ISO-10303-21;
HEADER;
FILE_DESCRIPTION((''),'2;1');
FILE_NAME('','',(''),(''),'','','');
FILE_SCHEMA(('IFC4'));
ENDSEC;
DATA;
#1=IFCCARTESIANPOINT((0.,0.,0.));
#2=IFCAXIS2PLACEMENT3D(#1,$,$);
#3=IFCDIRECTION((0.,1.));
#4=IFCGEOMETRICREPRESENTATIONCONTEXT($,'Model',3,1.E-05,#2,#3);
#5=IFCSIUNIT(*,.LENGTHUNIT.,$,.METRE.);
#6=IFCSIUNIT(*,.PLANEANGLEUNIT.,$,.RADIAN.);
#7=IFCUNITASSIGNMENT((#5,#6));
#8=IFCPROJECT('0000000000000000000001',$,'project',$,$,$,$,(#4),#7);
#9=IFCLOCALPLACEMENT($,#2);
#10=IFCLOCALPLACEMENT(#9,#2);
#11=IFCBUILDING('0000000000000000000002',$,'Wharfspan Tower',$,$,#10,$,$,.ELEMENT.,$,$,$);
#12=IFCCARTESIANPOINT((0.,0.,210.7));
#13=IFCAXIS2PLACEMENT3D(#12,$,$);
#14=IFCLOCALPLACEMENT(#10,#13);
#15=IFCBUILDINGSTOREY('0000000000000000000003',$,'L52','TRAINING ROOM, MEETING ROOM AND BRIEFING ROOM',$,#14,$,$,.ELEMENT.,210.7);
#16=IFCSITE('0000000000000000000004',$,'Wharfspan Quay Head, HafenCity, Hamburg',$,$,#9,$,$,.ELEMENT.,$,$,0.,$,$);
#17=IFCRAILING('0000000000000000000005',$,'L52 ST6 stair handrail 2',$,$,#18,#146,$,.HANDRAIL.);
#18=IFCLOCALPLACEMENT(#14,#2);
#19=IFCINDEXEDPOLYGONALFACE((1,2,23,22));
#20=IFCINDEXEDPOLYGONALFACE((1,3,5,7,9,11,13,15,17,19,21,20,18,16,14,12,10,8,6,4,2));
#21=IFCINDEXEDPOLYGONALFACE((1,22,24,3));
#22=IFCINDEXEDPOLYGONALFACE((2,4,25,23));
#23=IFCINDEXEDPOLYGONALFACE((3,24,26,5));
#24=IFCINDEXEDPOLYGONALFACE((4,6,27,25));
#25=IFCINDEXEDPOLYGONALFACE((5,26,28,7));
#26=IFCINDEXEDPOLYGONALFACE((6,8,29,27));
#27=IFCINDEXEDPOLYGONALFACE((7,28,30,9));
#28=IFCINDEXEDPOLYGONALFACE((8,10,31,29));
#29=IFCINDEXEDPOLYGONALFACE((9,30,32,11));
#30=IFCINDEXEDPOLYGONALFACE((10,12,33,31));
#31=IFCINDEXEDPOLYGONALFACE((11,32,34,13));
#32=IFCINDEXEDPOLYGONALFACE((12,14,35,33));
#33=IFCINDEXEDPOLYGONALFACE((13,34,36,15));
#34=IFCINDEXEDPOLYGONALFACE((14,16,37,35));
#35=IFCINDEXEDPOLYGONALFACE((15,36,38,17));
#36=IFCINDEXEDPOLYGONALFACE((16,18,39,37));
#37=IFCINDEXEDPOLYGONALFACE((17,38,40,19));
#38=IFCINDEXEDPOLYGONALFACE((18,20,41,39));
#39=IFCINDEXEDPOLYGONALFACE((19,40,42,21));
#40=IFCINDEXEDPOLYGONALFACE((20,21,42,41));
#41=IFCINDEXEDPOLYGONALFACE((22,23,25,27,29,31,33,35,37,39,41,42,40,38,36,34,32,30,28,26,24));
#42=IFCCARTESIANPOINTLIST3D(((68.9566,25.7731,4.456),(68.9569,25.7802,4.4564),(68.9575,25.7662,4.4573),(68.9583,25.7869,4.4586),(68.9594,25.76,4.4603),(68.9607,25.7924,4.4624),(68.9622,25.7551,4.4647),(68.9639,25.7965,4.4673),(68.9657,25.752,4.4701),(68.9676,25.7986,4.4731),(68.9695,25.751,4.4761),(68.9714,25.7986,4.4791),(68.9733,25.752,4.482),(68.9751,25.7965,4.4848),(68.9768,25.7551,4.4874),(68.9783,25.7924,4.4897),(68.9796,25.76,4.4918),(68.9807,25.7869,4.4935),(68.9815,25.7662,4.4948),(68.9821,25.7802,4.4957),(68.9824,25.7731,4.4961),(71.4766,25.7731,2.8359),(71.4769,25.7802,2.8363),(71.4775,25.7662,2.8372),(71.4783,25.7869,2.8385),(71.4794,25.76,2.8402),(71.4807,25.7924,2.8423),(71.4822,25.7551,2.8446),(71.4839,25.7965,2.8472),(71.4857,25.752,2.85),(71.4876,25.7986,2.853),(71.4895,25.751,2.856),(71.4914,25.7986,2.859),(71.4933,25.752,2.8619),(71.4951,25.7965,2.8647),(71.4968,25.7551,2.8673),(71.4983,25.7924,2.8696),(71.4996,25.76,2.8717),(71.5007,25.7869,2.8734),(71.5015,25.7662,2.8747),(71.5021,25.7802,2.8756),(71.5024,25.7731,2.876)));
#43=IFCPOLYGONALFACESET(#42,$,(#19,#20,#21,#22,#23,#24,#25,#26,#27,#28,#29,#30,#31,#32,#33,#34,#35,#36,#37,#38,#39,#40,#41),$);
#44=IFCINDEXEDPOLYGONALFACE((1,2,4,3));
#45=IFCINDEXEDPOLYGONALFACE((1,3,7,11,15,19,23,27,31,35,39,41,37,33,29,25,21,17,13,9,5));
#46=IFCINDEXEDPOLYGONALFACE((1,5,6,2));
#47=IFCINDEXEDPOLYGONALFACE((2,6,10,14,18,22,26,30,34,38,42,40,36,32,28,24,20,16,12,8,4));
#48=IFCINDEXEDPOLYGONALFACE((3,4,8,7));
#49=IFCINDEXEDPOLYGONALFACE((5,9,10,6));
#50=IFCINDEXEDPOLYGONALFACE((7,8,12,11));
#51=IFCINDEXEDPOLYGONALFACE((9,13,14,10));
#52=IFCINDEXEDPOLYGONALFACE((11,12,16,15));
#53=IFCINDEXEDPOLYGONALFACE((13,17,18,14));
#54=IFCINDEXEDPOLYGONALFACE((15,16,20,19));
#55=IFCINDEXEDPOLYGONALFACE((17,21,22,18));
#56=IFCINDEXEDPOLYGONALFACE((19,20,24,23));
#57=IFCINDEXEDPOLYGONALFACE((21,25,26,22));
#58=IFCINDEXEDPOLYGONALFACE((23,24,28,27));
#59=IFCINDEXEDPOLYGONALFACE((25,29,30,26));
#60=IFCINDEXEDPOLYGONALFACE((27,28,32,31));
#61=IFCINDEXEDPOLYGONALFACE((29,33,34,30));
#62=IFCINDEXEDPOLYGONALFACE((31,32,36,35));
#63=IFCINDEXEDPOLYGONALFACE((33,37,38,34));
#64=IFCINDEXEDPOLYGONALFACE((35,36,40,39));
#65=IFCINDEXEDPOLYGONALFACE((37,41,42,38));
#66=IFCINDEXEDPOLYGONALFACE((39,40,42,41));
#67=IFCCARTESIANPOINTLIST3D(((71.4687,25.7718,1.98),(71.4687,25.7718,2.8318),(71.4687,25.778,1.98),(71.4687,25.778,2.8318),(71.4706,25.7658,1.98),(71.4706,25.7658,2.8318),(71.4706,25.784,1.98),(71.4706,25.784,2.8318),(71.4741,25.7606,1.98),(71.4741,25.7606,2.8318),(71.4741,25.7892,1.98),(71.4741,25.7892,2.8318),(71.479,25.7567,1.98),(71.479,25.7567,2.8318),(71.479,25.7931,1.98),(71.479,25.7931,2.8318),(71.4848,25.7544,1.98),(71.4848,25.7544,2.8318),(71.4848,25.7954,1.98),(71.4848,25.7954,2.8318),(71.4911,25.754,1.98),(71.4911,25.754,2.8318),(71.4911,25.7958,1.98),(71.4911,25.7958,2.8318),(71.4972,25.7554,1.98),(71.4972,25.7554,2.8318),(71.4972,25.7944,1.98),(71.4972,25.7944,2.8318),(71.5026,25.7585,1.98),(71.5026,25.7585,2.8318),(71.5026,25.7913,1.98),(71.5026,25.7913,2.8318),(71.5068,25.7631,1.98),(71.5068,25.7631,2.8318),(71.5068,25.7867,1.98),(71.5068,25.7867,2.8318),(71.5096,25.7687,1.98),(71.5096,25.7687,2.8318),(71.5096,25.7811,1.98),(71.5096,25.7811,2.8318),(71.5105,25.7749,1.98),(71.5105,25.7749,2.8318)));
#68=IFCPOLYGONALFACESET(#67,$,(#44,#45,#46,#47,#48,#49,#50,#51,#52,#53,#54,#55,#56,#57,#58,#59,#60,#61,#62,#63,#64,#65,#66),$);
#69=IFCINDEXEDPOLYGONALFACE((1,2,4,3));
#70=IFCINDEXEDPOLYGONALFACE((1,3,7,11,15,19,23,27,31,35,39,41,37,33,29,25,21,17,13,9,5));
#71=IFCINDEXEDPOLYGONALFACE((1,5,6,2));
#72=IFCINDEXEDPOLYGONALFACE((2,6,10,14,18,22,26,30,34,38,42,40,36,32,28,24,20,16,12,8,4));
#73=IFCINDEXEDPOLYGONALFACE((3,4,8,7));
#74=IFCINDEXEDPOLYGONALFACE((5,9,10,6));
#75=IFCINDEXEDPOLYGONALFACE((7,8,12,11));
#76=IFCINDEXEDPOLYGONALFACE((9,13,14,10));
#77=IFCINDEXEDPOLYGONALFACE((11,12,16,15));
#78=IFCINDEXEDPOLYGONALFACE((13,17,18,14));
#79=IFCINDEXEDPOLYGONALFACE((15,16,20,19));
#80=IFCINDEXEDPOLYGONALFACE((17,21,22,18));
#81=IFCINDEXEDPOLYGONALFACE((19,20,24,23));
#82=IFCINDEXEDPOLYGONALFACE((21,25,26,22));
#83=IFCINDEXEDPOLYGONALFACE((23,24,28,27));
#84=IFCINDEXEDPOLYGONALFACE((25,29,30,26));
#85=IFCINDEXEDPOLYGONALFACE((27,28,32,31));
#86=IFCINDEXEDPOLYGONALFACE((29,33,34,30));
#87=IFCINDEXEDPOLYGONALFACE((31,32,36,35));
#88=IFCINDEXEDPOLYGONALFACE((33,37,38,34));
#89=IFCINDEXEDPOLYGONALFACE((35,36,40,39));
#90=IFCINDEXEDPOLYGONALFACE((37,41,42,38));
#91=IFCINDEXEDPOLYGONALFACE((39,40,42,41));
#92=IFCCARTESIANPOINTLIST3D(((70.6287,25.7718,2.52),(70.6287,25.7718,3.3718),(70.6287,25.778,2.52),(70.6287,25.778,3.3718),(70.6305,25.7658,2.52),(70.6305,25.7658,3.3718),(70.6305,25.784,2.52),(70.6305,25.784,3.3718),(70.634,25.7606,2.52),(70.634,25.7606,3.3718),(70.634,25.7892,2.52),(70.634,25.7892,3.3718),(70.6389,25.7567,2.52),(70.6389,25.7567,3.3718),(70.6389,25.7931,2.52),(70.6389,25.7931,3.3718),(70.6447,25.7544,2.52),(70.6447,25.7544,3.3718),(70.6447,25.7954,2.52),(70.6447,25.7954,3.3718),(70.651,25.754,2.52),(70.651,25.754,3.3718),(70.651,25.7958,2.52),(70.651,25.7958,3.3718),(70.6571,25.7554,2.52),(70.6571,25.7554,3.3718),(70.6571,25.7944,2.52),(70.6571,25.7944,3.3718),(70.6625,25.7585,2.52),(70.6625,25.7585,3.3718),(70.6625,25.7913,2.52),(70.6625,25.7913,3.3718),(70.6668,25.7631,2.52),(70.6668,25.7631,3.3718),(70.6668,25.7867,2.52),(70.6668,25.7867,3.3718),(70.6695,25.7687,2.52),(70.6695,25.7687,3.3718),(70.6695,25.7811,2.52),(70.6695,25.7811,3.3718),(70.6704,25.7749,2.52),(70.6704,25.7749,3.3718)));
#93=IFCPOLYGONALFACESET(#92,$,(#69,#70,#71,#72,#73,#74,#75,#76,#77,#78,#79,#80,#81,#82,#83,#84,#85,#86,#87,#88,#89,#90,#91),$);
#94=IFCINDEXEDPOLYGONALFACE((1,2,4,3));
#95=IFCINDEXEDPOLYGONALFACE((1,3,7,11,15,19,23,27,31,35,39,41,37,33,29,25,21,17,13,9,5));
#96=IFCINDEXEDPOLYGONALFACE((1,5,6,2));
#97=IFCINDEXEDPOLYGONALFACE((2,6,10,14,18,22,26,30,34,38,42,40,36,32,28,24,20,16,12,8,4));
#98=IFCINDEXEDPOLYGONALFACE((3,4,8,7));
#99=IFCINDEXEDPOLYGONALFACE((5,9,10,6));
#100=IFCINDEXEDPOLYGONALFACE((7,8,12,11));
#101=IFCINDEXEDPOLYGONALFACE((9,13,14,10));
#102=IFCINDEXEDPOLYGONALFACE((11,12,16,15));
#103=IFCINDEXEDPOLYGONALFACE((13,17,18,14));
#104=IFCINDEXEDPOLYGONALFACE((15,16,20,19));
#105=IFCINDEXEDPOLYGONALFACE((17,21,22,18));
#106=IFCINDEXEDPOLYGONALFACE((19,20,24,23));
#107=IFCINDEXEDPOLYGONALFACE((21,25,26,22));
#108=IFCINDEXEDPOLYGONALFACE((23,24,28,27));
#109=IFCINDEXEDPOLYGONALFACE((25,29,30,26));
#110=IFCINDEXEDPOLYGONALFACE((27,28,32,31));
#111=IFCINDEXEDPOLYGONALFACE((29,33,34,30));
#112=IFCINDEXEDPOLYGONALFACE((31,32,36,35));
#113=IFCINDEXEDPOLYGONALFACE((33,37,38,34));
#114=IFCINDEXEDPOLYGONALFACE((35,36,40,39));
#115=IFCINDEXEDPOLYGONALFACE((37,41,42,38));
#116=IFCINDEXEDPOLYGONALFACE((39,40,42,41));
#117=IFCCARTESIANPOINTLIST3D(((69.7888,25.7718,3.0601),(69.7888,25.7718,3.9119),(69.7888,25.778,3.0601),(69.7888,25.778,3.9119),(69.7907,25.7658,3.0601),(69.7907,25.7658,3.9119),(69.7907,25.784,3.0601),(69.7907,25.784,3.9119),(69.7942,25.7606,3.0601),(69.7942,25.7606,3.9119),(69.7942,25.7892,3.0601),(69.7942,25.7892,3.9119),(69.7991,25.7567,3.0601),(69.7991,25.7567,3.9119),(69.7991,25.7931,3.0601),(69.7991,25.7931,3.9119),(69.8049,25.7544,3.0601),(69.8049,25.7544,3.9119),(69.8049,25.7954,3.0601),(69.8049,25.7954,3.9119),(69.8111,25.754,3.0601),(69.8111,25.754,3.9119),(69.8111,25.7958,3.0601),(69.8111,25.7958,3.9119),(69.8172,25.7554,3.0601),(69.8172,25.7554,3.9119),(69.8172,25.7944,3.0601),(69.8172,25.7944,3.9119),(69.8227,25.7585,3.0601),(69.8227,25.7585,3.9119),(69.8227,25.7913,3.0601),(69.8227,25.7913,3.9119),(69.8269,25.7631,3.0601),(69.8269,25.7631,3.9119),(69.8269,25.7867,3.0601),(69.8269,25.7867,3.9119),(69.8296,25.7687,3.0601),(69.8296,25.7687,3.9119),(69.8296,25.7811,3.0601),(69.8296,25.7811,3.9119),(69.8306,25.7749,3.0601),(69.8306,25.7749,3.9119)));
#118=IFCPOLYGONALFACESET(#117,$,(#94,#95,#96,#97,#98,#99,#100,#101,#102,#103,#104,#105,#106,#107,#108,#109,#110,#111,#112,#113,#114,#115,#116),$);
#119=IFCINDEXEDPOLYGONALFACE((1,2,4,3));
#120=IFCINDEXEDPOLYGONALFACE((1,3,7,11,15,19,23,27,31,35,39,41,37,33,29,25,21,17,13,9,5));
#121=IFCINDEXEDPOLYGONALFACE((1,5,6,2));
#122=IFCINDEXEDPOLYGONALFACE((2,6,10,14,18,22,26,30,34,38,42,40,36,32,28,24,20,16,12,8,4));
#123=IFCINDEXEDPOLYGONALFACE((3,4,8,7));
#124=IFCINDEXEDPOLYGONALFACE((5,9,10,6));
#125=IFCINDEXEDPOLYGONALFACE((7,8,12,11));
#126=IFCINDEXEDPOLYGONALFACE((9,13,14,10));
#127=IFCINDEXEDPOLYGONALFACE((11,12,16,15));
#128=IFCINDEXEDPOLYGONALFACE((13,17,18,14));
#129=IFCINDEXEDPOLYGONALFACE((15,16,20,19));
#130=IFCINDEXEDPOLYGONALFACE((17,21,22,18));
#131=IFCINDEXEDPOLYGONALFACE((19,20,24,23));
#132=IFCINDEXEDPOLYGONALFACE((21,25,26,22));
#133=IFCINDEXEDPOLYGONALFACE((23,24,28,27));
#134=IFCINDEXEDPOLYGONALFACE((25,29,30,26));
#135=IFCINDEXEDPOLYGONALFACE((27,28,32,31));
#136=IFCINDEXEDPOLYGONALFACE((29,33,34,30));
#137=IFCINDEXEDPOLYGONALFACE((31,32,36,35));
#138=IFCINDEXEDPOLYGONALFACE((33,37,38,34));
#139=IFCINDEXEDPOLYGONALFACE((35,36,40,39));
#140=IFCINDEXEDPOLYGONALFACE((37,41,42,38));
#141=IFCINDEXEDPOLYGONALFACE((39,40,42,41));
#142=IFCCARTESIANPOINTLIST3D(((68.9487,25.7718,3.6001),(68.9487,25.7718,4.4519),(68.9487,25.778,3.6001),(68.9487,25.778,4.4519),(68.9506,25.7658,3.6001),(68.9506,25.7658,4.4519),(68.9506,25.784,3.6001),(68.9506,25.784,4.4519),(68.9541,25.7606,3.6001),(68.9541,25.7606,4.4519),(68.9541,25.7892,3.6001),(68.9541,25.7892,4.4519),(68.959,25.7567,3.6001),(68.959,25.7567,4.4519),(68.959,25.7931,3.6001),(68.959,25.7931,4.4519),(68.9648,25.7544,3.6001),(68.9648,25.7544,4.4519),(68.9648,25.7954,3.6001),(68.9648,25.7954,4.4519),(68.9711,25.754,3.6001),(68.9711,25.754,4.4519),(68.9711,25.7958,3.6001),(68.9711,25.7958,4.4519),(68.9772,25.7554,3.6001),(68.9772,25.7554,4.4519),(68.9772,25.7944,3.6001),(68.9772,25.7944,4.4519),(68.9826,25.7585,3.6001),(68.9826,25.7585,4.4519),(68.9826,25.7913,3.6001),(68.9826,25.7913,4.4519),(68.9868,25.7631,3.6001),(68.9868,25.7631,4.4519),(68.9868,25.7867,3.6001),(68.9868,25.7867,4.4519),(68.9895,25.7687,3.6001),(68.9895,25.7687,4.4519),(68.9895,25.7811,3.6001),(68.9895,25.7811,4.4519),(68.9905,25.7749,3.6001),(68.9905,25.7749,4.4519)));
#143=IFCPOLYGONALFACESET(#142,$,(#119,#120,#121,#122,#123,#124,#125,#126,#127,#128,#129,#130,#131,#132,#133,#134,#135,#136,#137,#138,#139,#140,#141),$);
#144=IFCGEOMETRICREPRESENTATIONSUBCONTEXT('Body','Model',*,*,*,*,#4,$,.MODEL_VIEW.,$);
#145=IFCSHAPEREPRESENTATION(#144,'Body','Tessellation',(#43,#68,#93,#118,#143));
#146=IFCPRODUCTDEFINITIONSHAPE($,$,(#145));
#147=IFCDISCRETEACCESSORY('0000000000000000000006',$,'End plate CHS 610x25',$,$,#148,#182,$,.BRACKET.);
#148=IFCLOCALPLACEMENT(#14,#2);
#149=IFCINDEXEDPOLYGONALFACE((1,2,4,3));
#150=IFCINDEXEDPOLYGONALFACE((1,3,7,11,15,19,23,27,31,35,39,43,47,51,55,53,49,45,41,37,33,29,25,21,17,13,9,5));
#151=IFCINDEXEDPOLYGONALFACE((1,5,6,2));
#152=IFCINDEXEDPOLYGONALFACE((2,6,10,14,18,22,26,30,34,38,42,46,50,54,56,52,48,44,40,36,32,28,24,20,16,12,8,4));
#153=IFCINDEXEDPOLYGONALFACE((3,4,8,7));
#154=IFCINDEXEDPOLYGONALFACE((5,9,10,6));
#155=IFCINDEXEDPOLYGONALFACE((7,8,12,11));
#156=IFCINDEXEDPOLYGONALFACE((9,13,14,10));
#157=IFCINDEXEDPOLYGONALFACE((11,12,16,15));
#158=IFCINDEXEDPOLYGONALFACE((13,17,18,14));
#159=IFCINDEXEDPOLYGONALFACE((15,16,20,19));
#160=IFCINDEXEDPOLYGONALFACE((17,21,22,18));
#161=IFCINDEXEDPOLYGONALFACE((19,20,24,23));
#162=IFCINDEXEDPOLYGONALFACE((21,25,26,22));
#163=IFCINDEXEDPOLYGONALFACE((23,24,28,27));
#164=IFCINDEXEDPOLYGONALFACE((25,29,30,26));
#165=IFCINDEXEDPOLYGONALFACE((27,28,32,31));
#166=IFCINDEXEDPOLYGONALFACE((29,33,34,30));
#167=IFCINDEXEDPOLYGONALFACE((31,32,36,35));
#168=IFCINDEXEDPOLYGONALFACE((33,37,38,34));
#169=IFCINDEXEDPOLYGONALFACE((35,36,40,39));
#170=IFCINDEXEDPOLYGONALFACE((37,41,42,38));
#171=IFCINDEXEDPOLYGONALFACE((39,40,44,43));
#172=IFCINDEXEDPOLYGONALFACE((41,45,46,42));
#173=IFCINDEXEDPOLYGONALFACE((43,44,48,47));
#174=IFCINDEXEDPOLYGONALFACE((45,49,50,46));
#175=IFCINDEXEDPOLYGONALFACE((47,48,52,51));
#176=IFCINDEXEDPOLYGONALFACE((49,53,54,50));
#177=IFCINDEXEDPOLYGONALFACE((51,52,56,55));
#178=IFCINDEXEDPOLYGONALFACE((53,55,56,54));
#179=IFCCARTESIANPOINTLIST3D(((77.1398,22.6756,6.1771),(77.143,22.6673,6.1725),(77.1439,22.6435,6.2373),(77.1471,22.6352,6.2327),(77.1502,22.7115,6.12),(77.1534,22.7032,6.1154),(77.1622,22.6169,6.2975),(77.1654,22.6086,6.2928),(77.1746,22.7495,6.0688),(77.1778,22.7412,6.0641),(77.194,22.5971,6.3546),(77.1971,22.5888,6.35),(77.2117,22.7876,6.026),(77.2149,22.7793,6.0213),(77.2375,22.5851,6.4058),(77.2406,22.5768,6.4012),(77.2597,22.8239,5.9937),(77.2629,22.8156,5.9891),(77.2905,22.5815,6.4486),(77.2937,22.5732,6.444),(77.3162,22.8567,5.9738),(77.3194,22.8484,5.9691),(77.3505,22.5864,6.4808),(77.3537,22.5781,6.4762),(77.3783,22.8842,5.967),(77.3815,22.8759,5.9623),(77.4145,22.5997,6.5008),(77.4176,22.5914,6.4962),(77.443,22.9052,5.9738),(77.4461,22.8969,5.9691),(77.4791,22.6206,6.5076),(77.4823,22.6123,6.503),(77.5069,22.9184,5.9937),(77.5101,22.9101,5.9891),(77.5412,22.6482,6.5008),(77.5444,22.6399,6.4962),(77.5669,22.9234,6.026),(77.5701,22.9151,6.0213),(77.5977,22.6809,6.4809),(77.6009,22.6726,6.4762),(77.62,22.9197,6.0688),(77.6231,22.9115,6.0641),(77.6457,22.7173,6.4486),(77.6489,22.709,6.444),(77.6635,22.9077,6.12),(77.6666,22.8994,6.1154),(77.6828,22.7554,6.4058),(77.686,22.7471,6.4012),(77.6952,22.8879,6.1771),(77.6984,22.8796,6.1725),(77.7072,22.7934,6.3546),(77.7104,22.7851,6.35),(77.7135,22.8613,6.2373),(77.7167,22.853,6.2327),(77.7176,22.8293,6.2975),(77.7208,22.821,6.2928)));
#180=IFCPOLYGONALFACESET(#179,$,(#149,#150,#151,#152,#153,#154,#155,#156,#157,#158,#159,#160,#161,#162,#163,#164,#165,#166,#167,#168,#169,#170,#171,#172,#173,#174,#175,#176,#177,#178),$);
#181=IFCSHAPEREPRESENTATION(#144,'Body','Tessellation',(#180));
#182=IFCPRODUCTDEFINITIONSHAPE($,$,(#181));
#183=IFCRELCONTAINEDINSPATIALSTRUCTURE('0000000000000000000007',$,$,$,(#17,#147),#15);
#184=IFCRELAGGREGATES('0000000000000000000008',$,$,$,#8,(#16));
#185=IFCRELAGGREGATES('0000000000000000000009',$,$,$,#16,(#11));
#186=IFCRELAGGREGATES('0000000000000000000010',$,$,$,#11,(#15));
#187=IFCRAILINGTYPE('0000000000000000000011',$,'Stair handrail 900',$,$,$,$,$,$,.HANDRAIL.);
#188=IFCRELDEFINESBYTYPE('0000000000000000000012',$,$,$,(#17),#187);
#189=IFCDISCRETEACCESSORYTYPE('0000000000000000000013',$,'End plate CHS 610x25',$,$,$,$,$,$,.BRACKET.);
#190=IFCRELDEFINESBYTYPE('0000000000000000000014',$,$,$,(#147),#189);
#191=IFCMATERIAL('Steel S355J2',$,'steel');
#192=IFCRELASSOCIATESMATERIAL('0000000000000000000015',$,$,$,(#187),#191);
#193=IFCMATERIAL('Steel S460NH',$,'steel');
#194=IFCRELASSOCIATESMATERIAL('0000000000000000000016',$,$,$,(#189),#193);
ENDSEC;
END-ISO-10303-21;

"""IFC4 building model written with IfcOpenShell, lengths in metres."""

from ifc_helpers import new_model, si_unit, direction, frame, origin, origin_2d, place, context, subcontext, project, spatial, circle, extrude, material, material_profile, profile_set, type_object, element, save


model = new_model("IFC4")

# Units and contexts
model_context = context("Model", 3, precision=1e-05, world=origin(), true_north=direction((0.0, 1.0)))
body_context = subcontext(model_context, "Body", "Model", "MODEL_VIEW")
ifc_project = project(units=[si_unit("LENGTHUNIT", "METRE"), si_unit("PLANEANGLEUNIT", "RADIAN")], contexts=[model_context])

# Site, building, storey
site_placement = place(None, origin())
site = spatial("IfcSite", under=ifc_project, at=site_placement, Name="Wharfspan Quay Head, HafenCity, Hamburg", CompositionType="ELEMENT", RefElevation=0.0)
building_placement = place(site_placement, origin())
building = spatial("IfcBuilding", under=site, at=building_placement, Name="Wharfspan Tower", CompositionType="ELEMENT")
storey_placement = place(building_placement, frame((0.0, 0.0, 210.7)))
storey = spatial("IfcBuildingStorey", under=building, at=storey_placement, Name="L52", Description="TRAINING ROOM, MEETING ROOM AND BRIEFING ROOM", CompositionType="ELEMENT", Elevation=210.7)

# Railing
ifc_material_1 = material(Name="Steel S355J2", Category="steel")
railing_type_1 = type_object("IfcRailingType", Name="Stair handrail 900", PredefinedType="HANDRAIL", material=ifc_material_1)
railing_1_placement = place(storey_placement, frame((71.4895, 25.7749, 1.98)))
element("IfcRailing", 1, at=railing_1_placement, inside=storey, type_object=railing_type_1, Name="L52 ST6 stair handrail 2", PredefinedType="HANDRAIL", context=body_context, shape_type="SweptSolid", body=[
    extrude(circle(Radius=0.0239, at=origin_2d()), frame((0.0, 0.0, 0.876), z_axis=(-0.841163, 0.0, 0.540782), x_axis=(0.0, -1.0, 0.0)), (0.0, 0.0, 1.0), 2.9958),
    extrude(circle(Radius=0.021, at=origin_2d()), origin(), (0.0, 0.0, 1.0), 0.8518),
    extrude(circle(Radius=0.021, at=origin_2d()), frame((-0.8401, 0.0, 0.54)), (0.0, 0.0, 1.0), 0.8518),
    extrude(circle(Radius=0.021, at=origin_2d()), frame((-1.6799, 0.0, 1.0801)), (0.0, 0.0, 1.0), 0.8518),
    extrude(circle(Radius=0.021, at=origin_2d()), frame((-2.52, 0.0, 1.6201)), (0.0, 0.0, 1.0), 0.8518),
])

# Discrete accessory
ifc_material_2 = material(Name="Steel S460NH", Category="steel")
ifc_material_profile_1 = material_profile(ifc_material_2, circle(Radius=0.3049, at=origin_2d()))
ifc_profile_set_1 = profile_set([ifc_material_profile_1], Name="Steel S460NH")
discrete_accessory_type = type_object("IfcDiscreteAccessoryType", Name="End plate CHS 610x25", PredefinedType="BRACKET", material=ifc_profile_set_1)
for number, where, z_axis, x_axis, name in (
    (2, (77.4319, 22.7441, 6.2327), (-0.316603, 0.828038, 0.462727), (-0.934054, -0.357138, -0.000001), "End plate CHS 610x25"),
):
    element("IfcDiscreteAccessory", number, at=place(storey_placement, frame(where, z_axis=z_axis, x_axis=x_axis)), inside=storey, type_object=discrete_accessory_type, Name=name, PredefinedType="BRACKET", context=body_context, shape_type="SweptSolid", body=[
        extrude(circle(Radius=0.3049, at=origin_2d()), origin(), (0.0, 0.0, 1.0), 0.01),
    ])

save(model, "model.ifc")
